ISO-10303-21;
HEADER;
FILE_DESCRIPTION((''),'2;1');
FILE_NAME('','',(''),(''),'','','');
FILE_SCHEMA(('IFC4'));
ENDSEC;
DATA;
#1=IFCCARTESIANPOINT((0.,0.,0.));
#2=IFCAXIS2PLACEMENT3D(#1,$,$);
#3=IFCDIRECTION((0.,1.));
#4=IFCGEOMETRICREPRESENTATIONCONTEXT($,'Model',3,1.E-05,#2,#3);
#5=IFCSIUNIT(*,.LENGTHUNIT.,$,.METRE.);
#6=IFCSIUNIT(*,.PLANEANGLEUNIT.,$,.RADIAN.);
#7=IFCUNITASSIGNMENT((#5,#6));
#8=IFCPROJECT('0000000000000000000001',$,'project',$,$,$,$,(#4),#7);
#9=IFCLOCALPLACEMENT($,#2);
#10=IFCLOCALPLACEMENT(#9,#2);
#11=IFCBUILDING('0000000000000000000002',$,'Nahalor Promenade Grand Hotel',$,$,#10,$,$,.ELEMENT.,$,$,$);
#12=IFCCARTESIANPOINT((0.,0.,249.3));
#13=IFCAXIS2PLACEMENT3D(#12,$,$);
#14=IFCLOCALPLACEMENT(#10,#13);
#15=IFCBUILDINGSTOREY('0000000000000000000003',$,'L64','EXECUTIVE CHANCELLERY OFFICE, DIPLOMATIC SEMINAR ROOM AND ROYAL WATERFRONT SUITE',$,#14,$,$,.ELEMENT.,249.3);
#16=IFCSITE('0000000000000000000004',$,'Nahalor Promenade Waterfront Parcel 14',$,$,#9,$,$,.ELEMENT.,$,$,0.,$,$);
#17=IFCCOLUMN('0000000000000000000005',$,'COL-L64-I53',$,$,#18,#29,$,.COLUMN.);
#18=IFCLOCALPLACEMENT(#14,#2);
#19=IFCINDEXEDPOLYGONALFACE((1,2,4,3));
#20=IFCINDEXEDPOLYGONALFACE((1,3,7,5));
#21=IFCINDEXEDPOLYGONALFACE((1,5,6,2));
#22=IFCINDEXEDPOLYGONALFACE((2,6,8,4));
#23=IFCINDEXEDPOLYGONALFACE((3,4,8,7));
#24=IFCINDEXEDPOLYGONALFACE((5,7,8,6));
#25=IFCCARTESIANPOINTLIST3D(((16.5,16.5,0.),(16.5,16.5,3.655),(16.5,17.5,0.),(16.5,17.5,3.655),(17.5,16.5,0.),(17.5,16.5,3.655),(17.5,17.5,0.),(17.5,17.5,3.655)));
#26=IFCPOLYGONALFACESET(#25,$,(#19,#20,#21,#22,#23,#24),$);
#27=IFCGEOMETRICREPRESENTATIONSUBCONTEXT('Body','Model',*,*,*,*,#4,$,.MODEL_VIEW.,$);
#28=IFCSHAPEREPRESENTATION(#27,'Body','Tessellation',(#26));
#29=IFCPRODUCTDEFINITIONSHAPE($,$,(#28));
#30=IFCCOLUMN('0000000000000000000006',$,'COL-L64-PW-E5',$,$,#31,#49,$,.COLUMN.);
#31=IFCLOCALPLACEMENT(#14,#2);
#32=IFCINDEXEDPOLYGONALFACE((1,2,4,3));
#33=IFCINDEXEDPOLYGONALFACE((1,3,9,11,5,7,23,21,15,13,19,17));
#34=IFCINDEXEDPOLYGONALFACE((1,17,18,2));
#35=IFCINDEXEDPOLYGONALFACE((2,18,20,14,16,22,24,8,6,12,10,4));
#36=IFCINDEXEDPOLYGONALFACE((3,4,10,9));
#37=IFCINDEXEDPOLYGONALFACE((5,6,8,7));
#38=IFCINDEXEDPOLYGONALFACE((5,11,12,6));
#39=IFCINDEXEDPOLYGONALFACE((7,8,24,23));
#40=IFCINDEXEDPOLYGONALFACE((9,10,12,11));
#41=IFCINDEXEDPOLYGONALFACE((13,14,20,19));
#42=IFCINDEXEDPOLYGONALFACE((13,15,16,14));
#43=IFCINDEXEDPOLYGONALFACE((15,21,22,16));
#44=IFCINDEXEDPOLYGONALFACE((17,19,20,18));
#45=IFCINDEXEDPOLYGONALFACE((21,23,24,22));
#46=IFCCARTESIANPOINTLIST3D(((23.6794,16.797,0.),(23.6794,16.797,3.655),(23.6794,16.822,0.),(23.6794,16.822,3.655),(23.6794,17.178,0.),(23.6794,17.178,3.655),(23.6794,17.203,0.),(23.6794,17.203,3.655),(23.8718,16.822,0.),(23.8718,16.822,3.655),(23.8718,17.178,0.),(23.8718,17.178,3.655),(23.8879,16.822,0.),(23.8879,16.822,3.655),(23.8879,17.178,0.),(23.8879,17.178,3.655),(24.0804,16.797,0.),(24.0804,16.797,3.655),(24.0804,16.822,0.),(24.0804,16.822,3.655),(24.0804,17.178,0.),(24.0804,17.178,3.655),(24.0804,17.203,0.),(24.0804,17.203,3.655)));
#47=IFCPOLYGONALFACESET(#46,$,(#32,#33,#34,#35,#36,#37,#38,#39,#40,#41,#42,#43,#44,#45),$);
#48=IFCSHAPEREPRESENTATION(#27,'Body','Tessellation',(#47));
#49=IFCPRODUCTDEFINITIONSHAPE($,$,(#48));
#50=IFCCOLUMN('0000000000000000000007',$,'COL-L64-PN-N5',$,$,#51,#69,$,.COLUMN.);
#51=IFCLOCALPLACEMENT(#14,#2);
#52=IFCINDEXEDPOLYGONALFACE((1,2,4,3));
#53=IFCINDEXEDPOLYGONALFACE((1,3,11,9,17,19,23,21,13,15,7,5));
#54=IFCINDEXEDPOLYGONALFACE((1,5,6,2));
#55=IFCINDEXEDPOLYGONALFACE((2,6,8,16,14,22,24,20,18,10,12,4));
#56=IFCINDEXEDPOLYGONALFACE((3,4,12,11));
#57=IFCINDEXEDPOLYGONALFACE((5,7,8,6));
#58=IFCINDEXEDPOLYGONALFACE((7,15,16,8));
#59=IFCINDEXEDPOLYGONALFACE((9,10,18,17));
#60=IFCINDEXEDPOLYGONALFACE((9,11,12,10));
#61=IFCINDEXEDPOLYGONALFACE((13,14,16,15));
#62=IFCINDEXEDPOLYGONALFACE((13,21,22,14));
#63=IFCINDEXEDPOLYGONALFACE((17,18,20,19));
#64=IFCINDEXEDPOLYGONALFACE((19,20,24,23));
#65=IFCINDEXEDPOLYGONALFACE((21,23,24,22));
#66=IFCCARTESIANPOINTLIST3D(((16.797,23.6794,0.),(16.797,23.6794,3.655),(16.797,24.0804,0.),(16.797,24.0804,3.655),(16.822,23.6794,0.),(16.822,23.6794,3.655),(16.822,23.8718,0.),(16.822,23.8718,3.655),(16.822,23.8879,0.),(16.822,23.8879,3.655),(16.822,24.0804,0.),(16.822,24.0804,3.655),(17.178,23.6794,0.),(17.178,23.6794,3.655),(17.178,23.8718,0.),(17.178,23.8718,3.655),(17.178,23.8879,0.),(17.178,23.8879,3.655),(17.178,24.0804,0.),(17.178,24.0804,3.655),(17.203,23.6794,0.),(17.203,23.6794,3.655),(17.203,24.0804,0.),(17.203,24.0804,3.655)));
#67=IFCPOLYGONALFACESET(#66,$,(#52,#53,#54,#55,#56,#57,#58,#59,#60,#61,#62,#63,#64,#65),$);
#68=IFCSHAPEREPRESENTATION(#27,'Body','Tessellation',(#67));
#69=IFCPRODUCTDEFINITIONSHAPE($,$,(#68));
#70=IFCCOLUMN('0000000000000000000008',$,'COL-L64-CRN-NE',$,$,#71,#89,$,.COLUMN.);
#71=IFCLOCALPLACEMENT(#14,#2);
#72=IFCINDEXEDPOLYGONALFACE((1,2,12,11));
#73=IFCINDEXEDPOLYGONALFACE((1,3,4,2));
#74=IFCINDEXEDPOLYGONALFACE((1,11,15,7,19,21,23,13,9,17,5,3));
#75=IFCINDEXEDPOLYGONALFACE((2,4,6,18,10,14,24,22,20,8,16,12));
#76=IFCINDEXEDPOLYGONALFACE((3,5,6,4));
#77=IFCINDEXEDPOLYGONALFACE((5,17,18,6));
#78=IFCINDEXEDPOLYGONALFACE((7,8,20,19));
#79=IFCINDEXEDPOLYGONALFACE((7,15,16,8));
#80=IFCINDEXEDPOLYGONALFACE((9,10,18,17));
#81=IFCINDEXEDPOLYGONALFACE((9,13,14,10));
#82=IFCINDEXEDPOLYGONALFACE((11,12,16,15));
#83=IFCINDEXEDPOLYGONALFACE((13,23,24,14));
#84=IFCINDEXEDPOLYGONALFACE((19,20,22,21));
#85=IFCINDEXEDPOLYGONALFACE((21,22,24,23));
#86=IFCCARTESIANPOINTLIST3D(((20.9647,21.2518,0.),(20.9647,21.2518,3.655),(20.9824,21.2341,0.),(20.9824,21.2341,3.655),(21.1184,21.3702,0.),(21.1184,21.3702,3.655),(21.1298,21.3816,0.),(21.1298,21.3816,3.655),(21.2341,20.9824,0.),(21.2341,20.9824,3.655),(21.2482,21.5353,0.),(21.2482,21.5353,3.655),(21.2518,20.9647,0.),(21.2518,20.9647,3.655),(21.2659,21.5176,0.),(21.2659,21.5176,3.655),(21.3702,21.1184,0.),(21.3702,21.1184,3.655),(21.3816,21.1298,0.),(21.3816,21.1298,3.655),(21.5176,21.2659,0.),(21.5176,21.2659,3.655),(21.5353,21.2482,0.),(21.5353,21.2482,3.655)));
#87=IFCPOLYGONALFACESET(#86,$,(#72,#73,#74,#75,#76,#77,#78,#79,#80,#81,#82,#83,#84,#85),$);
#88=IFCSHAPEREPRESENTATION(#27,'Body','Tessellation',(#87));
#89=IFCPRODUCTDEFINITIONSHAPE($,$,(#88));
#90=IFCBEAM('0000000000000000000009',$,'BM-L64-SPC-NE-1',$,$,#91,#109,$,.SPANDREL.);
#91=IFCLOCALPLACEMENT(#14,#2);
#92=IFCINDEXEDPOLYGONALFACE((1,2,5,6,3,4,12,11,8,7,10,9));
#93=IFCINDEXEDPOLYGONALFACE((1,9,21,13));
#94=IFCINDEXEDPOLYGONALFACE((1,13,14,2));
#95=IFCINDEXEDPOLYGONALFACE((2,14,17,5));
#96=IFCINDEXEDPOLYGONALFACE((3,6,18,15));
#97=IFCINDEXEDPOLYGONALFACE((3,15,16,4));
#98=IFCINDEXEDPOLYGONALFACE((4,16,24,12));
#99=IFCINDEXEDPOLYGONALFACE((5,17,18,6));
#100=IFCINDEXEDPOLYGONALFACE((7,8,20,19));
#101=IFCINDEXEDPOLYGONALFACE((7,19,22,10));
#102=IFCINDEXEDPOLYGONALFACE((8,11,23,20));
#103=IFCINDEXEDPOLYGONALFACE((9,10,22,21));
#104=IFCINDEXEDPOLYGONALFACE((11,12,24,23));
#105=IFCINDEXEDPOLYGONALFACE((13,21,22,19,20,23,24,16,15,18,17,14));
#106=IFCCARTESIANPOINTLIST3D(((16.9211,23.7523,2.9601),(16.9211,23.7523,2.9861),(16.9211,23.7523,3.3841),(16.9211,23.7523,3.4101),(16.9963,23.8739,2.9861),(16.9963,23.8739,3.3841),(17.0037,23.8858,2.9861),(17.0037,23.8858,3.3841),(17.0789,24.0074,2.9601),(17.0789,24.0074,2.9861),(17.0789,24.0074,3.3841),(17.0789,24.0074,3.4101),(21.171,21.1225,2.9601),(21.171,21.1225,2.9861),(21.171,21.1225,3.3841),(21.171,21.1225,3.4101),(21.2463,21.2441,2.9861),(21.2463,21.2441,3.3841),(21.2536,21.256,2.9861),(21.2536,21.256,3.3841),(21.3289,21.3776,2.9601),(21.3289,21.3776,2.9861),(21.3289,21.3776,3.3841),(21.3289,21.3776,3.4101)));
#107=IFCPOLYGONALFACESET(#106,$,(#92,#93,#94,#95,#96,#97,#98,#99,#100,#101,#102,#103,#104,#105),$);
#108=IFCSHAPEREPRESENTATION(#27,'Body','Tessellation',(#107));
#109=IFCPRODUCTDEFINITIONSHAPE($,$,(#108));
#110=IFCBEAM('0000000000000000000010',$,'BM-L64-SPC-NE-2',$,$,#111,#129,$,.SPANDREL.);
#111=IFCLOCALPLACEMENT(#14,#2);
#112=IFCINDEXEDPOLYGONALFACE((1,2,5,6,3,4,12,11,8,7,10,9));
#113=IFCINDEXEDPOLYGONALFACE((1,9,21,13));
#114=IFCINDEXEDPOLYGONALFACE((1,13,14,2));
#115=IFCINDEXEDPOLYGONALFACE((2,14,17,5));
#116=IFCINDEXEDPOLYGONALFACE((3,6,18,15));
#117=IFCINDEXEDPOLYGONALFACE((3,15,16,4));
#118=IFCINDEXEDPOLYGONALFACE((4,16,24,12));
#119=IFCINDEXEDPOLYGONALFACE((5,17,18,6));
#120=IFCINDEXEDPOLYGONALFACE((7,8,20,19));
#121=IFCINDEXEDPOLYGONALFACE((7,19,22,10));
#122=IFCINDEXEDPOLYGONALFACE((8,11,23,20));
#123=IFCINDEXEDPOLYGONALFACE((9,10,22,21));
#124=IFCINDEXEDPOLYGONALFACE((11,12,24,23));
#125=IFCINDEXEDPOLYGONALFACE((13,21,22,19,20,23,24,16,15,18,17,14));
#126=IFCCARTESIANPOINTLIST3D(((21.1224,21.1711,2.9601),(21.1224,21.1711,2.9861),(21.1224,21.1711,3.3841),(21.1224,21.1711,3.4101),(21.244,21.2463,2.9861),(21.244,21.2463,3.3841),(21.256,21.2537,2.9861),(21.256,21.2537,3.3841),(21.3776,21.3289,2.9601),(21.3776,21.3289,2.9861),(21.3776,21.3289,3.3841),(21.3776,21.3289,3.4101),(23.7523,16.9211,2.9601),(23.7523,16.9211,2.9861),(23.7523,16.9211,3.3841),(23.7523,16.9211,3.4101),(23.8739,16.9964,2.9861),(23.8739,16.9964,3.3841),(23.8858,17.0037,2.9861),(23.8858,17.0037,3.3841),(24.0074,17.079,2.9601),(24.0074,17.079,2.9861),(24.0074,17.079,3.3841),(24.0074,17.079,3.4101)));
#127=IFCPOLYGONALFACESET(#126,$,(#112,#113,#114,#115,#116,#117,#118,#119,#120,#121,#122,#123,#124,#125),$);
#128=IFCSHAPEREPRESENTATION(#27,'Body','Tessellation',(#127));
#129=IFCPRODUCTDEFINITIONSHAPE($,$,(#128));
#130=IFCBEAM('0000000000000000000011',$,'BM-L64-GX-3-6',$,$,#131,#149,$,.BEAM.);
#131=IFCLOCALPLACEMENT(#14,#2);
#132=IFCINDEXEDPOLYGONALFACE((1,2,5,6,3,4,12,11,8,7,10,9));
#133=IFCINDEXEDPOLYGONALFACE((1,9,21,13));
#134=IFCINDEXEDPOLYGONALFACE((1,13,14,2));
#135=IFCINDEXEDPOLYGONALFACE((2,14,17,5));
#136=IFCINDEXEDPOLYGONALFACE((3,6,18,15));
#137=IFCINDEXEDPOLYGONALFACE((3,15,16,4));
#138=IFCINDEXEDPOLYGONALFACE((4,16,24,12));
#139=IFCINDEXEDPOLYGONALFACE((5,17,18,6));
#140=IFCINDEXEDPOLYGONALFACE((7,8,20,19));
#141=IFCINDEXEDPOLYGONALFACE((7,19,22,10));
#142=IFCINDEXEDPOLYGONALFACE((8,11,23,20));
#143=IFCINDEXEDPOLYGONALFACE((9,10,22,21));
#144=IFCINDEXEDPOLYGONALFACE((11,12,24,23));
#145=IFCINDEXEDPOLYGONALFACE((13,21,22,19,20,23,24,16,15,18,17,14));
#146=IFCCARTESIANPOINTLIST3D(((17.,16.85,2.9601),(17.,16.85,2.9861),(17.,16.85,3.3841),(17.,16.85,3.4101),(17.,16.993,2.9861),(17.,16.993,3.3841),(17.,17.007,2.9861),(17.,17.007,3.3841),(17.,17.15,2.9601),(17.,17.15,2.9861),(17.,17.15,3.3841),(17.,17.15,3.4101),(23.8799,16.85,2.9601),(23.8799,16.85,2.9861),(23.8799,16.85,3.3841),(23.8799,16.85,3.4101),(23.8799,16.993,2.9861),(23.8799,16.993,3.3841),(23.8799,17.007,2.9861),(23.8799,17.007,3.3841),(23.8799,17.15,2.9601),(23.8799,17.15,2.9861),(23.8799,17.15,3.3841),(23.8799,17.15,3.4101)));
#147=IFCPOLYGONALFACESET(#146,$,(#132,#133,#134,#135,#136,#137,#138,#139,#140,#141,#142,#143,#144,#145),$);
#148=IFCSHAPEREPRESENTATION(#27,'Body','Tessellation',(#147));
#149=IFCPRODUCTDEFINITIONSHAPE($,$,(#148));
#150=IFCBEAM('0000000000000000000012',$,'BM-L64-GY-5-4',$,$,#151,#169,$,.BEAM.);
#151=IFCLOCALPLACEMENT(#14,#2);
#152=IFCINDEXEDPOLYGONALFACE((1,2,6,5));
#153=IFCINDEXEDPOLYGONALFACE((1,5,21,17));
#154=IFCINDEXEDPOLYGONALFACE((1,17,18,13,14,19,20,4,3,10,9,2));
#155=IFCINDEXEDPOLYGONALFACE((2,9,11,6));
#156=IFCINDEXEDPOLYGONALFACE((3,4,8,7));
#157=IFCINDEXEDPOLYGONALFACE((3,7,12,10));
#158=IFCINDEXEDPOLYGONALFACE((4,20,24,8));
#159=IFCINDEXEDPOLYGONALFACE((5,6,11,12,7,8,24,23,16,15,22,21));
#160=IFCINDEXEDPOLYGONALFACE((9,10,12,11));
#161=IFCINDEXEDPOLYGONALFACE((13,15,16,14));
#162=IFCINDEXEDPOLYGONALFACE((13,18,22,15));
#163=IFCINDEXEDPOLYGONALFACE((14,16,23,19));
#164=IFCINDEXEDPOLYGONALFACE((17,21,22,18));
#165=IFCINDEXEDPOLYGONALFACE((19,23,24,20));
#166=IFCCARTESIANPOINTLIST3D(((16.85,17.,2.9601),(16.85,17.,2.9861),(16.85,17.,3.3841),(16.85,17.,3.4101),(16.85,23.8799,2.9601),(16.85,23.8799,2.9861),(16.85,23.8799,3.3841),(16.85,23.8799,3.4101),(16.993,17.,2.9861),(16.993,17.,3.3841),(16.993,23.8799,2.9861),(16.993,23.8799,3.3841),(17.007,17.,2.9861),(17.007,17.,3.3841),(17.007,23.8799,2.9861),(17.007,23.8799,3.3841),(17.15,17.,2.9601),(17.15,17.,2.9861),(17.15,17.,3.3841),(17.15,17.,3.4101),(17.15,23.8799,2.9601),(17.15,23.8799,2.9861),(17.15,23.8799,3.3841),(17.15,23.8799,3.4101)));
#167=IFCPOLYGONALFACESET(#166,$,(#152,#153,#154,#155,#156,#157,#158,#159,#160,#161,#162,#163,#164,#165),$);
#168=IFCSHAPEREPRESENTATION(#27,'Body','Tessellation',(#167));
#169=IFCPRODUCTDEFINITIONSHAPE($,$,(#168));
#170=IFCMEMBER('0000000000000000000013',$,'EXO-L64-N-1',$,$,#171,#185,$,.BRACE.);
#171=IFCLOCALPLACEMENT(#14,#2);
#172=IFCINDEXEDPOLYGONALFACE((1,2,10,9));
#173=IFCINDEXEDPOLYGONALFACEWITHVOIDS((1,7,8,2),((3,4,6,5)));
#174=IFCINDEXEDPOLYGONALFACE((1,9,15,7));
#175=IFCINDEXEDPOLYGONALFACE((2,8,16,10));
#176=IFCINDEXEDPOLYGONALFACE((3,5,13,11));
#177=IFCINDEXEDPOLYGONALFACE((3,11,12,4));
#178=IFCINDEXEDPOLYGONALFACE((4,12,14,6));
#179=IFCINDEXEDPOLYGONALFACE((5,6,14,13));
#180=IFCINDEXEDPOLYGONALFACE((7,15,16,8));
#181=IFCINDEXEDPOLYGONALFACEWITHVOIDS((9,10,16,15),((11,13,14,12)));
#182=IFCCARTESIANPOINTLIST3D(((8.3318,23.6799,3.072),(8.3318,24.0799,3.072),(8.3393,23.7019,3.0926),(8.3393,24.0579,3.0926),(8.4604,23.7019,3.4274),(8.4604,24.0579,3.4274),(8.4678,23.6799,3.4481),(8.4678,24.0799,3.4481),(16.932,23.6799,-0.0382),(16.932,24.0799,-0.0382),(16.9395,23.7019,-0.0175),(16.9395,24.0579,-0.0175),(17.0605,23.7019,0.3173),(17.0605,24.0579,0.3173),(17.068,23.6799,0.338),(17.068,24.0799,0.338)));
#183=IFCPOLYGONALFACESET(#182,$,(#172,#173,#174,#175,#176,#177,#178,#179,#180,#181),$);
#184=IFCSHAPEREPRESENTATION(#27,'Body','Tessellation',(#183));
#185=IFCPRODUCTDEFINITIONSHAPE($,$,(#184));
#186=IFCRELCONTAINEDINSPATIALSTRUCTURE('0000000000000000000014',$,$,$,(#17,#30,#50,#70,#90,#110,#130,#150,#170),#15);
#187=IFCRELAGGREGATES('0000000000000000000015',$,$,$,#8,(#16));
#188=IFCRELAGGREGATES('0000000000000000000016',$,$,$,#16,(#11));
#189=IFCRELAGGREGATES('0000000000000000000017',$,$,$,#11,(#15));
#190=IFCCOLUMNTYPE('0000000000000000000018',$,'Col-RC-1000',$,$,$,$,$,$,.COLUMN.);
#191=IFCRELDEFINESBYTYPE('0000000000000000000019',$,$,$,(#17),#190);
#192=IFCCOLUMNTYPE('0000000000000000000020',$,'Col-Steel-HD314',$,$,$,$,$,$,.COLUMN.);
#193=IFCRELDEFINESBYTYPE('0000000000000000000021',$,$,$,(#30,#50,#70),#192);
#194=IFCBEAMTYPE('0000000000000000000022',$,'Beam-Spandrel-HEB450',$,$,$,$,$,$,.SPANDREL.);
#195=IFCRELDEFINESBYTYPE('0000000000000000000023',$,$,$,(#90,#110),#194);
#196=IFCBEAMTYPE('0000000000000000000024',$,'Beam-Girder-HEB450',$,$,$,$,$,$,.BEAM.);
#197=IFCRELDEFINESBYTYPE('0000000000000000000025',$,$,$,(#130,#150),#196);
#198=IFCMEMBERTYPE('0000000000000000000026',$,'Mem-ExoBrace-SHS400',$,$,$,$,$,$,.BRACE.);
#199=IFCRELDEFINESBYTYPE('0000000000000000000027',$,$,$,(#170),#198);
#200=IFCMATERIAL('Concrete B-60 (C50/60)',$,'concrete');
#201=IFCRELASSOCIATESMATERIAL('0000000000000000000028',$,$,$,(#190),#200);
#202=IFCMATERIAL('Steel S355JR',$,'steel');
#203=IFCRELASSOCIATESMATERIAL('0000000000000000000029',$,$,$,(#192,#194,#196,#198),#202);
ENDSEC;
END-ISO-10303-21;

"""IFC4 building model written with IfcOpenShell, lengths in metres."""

from ifc_helpers import new_model, si_unit, direction, frame, origin, origin_2d, place, context, subcontext, project, spatial, rectangle, hollow_rectangle, i_section, extrude, source, transform, mapped, material, material_profile, profile_set, type_object, element, save


model = new_model("IFC4")

# Units and contexts
model_context = context("Model", 3, precision=1e-05, world=origin(), true_north=direction((0.0, 1.0)))
body_context = subcontext(model_context, "Body", "Model", "MODEL_VIEW")
ifc_project = project(units=[si_unit("LENGTHUNIT", "METRE"), si_unit("PLANEANGLEUNIT", "RADIAN")], contexts=[model_context])

# Site, building, storey
site_placement = place(None, origin())
site = spatial("IfcSite", under=ifc_project, at=site_placement, Name="Nahalor Promenade Waterfront Parcel 14", CompositionType="ELEMENT", RefElevation=0.0)
building_placement = place(site_placement, origin())
building = spatial("IfcBuilding", under=site, at=building_placement, Name="Nahalor Promenade Grand Hotel", CompositionType="ELEMENT")
storey_placement = place(building_placement, frame((0.0, 0.0, 249.3)))
storey = spatial("IfcBuildingStorey", under=building, at=storey_placement, Name="L64", Description="EXECUTIVE CHANCELLERY OFFICE, DIPLOMATIC SEMINAR ROOM AND ROYAL WATERFRONT SUITE", CompositionType="ELEMENT", Elevation=249.3)

# Columns
ifc_material_1 = material(Name="Concrete B-60 (C50/60)", Category="concrete")
ifc_material_profile_1 = material_profile(ifc_material_1, rectangle(XDim=1.0, YDim=1.0, at=origin_2d()), Name="RC 1000x1000")
ifc_profile_set_1 = profile_set([ifc_material_profile_1], Name="Concrete B-60 (C50/60)")
column_type_1 = type_object("IfcColumnType", Name="Col-RC-1000", PredefinedType="COLUMN", material=ifc_profile_set_1)
shared_shape_1 = source(origin(), body_context, "Body", "SweptSolid", [
    extrude(rectangle(XDim=1.0, YDim=1.0, at=origin_2d()), origin(), (0.0, 0.0, 1.0), 3.655),
])
column_placement = place(storey_placement, frame((17.0, 17.0, 0.0), z_axis=(0.0, 0.0, 1.0), x_axis=(1.0, 0.0, 0.0)))
element("IfcColumn", 1, at=column_placement, inside=storey, type_object=column_type_1, Name="COL-L64-I53", PredefinedType="COLUMN", context=body_context, shape_type="MappedRepresentation", body=[
    mapped(shared_shape_1, transform((0.0, 0.0, 0.0), scale=1.0)),
])
ifc_material_2 = material(Name="Steel S355JR", Category="steel")
ifc_material_profile_2 = material_profile(ifc_material_2, i_section(OverallWidth=0.401, OverallDepth=0.406, WebThickness=0.0161, FlangeThickness=0.025, at=origin_2d()), Name="HD 400x314")
ifc_profile_set_2 = profile_set([ifc_material_profile_2], Name="Steel S355JR")
column_type_2 = type_object("IfcColumnType", Name="Col-Steel-HD314", PredefinedType="COLUMN", material=ifc_profile_set_2)
shared_shape_2 = source(origin(), body_context, "Body", "SweptSolid", [
    extrude(i_section(OverallWidth=0.401, OverallDepth=0.406, WebThickness=0.0161, FlangeThickness=0.025, at=origin_2d()), origin(), (0.0, 0.0, 1.0), 3.655),
])
for number, where, z_axis, x_axis, name in (
    (2, (23.8799, 17.0, 0.0), (0.0, 0.0, 1.0), (1.0, 0.0, 0.0), "COL-L64-PW-E5"),
    (3, (17.0, 23.8799, 0.0), (0.0, 0.0, 1.0), (0.0, 1.0, 0.0), "COL-L64-PN-N5"),
    (4, (21.25, 21.25, 0.0), (0.0, 0.0, 1.0), (0.707107, 0.707107, 0.0), "COL-L64-CRN-NE"),
):
    element("IfcColumn", number, at=place(storey_placement, frame(where, z_axis=z_axis, x_axis=x_axis)), inside=storey, type_object=column_type_2, Name=name, PredefinedType="COLUMN", context=body_context, shape_type="MappedRepresentation", body=[
        mapped(shared_shape_2, transform((0.0, 0.0, 0.0), scale=1.0)),
    ])

# Beams
ifc_material_profile_3 = material_profile(ifc_material_2, i_section(OverallWidth=0.3, OverallDepth=0.45, WebThickness=0.014, FlangeThickness=0.026, at=origin_2d()), Name="HEB 450")
ifc_profile_set_3 = profile_set([ifc_material_profile_3], Name="Steel S355JR")
beam_type_1 = type_object("IfcBeamType", Name="Beam-Spandrel-HEB450", PredefinedType="SPANDREL", material=ifc_profile_set_3)
shared_shape_3 = source(origin(), body_context, "Body", "SweptSolid", [
    extrude(i_section(OverallWidth=0.3, OverallDepth=0.45, WebThickness=0.014, FlangeThickness=0.026, at=origin_2d()), origin(), (0.0, 0.0, 1.0), 4.9978),
])
for number, where, z_axis, x_axis, name in (
    (5, (17.0, 23.8799, 3.1851), (0.850361, -0.5262, 0.0), (0.5262, 0.850361, 0.0), "BM-L64-SPC-NE-1"),
    (6, (21.25, 21.25, 3.1851), (0.5262, -0.850361, 0.0), (0.850361, 0.5262, 0.0), "BM-L64-SPC-NE-2"),
):
    element("IfcBeam", number, at=place(storey_placement, frame(where, z_axis=z_axis, x_axis=x_axis)), inside=storey, type_object=beam_type_1, Name=name, PredefinedType="SPANDREL", context=body_context, shape_type="MappedRepresentation", body=[
        mapped(shared_shape_3, transform((0.0, 0.0, 0.0), scale=1.0)),
    ])
ifc_material_profile_4 = material_profile(ifc_material_2, i_section(OverallWidth=0.3, OverallDepth=0.45, WebThickness=0.014, FlangeThickness=0.026, at=origin_2d()), Name="HEB 450")
ifc_profile_set_4 = profile_set([ifc_material_profile_4], Name="Steel S355JR")
beam_type_2 = type_object("IfcBeamType", Name="Beam-Girder-HEB450", PredefinedType="BEAM", material=ifc_profile_set_4)
shared_shape_4 = source(origin(), body_context, "Body", "SweptSolid", [
    extrude(i_section(OverallWidth=0.3, OverallDepth=0.45, WebThickness=0.014, FlangeThickness=0.026, at=origin_2d()), origin(), (0.0, 0.0, 1.0), 6.8799),
])
for number, where, z_axis, x_axis, name in (
    (7, (17.0, 17.0, 3.1851), (1.0, 0.0, 0.0), (0.0, 1.0, 0.0), "BM-L64-GX-3-6"),
    (8, (17.0, 17.0, 3.1851), (0.0, 1.0, 0.0), (-1.0, 0.0, 0.0), "BM-L64-GY-5-4"),
):
    element("IfcBeam", number, at=place(storey_placement, frame(where, z_axis=z_axis, x_axis=x_axis)), inside=storey, type_object=beam_type_2, Name=name, PredefinedType="BEAM", context=body_context, shape_type="MappedRepresentation", body=[
        mapped(shared_shape_4, transform((0.0, 0.0, 0.0), scale=1.0)),
    ])

# Member
ifc_material_profile_5 = material_profile(ifc_material_2, hollow_rectangle(XDim=0.4, YDim=0.4, WallThickness=0.022, at=origin_2d()), Name="SHS 400x400x22")
ifc_profile_set_5 = profile_set([ifc_material_profile_5], Name="Steel S355JR")
member_type_1 = type_object("IfcMemberType", Name="Mem-ExoBrace-SHS400", PredefinedType="BRACE", material=ifc_profile_set_5)
shared_shape_5 = source(origin(), body_context, "Body", "SweptSolid", [
    extrude(hollow_rectangle(XDim=0.4, YDim=0.4, WallThickness=0.022, at=origin_2d()), origin(), (0.0, 0.0, 1.0), 9.1453),
])
member_1_placement = place(storey_placement, frame((17.0, 23.8799, 0.1499), z_axis=(-0.940396, 0.0, 0.340081), x_axis=(0.0, -1.0, 0.0)))
element("IfcMember", 9, at=member_1_placement, inside=storey, type_object=member_type_1, Name="EXO-L64-N-1", PredefinedType="BRACE", context=body_context, shape_type="MappedRepresentation", body=[
    mapped(shared_shape_5, transform((0.0, 0.0, 0.0), scale=1.0)),
])

save(model, "model.ifc")
